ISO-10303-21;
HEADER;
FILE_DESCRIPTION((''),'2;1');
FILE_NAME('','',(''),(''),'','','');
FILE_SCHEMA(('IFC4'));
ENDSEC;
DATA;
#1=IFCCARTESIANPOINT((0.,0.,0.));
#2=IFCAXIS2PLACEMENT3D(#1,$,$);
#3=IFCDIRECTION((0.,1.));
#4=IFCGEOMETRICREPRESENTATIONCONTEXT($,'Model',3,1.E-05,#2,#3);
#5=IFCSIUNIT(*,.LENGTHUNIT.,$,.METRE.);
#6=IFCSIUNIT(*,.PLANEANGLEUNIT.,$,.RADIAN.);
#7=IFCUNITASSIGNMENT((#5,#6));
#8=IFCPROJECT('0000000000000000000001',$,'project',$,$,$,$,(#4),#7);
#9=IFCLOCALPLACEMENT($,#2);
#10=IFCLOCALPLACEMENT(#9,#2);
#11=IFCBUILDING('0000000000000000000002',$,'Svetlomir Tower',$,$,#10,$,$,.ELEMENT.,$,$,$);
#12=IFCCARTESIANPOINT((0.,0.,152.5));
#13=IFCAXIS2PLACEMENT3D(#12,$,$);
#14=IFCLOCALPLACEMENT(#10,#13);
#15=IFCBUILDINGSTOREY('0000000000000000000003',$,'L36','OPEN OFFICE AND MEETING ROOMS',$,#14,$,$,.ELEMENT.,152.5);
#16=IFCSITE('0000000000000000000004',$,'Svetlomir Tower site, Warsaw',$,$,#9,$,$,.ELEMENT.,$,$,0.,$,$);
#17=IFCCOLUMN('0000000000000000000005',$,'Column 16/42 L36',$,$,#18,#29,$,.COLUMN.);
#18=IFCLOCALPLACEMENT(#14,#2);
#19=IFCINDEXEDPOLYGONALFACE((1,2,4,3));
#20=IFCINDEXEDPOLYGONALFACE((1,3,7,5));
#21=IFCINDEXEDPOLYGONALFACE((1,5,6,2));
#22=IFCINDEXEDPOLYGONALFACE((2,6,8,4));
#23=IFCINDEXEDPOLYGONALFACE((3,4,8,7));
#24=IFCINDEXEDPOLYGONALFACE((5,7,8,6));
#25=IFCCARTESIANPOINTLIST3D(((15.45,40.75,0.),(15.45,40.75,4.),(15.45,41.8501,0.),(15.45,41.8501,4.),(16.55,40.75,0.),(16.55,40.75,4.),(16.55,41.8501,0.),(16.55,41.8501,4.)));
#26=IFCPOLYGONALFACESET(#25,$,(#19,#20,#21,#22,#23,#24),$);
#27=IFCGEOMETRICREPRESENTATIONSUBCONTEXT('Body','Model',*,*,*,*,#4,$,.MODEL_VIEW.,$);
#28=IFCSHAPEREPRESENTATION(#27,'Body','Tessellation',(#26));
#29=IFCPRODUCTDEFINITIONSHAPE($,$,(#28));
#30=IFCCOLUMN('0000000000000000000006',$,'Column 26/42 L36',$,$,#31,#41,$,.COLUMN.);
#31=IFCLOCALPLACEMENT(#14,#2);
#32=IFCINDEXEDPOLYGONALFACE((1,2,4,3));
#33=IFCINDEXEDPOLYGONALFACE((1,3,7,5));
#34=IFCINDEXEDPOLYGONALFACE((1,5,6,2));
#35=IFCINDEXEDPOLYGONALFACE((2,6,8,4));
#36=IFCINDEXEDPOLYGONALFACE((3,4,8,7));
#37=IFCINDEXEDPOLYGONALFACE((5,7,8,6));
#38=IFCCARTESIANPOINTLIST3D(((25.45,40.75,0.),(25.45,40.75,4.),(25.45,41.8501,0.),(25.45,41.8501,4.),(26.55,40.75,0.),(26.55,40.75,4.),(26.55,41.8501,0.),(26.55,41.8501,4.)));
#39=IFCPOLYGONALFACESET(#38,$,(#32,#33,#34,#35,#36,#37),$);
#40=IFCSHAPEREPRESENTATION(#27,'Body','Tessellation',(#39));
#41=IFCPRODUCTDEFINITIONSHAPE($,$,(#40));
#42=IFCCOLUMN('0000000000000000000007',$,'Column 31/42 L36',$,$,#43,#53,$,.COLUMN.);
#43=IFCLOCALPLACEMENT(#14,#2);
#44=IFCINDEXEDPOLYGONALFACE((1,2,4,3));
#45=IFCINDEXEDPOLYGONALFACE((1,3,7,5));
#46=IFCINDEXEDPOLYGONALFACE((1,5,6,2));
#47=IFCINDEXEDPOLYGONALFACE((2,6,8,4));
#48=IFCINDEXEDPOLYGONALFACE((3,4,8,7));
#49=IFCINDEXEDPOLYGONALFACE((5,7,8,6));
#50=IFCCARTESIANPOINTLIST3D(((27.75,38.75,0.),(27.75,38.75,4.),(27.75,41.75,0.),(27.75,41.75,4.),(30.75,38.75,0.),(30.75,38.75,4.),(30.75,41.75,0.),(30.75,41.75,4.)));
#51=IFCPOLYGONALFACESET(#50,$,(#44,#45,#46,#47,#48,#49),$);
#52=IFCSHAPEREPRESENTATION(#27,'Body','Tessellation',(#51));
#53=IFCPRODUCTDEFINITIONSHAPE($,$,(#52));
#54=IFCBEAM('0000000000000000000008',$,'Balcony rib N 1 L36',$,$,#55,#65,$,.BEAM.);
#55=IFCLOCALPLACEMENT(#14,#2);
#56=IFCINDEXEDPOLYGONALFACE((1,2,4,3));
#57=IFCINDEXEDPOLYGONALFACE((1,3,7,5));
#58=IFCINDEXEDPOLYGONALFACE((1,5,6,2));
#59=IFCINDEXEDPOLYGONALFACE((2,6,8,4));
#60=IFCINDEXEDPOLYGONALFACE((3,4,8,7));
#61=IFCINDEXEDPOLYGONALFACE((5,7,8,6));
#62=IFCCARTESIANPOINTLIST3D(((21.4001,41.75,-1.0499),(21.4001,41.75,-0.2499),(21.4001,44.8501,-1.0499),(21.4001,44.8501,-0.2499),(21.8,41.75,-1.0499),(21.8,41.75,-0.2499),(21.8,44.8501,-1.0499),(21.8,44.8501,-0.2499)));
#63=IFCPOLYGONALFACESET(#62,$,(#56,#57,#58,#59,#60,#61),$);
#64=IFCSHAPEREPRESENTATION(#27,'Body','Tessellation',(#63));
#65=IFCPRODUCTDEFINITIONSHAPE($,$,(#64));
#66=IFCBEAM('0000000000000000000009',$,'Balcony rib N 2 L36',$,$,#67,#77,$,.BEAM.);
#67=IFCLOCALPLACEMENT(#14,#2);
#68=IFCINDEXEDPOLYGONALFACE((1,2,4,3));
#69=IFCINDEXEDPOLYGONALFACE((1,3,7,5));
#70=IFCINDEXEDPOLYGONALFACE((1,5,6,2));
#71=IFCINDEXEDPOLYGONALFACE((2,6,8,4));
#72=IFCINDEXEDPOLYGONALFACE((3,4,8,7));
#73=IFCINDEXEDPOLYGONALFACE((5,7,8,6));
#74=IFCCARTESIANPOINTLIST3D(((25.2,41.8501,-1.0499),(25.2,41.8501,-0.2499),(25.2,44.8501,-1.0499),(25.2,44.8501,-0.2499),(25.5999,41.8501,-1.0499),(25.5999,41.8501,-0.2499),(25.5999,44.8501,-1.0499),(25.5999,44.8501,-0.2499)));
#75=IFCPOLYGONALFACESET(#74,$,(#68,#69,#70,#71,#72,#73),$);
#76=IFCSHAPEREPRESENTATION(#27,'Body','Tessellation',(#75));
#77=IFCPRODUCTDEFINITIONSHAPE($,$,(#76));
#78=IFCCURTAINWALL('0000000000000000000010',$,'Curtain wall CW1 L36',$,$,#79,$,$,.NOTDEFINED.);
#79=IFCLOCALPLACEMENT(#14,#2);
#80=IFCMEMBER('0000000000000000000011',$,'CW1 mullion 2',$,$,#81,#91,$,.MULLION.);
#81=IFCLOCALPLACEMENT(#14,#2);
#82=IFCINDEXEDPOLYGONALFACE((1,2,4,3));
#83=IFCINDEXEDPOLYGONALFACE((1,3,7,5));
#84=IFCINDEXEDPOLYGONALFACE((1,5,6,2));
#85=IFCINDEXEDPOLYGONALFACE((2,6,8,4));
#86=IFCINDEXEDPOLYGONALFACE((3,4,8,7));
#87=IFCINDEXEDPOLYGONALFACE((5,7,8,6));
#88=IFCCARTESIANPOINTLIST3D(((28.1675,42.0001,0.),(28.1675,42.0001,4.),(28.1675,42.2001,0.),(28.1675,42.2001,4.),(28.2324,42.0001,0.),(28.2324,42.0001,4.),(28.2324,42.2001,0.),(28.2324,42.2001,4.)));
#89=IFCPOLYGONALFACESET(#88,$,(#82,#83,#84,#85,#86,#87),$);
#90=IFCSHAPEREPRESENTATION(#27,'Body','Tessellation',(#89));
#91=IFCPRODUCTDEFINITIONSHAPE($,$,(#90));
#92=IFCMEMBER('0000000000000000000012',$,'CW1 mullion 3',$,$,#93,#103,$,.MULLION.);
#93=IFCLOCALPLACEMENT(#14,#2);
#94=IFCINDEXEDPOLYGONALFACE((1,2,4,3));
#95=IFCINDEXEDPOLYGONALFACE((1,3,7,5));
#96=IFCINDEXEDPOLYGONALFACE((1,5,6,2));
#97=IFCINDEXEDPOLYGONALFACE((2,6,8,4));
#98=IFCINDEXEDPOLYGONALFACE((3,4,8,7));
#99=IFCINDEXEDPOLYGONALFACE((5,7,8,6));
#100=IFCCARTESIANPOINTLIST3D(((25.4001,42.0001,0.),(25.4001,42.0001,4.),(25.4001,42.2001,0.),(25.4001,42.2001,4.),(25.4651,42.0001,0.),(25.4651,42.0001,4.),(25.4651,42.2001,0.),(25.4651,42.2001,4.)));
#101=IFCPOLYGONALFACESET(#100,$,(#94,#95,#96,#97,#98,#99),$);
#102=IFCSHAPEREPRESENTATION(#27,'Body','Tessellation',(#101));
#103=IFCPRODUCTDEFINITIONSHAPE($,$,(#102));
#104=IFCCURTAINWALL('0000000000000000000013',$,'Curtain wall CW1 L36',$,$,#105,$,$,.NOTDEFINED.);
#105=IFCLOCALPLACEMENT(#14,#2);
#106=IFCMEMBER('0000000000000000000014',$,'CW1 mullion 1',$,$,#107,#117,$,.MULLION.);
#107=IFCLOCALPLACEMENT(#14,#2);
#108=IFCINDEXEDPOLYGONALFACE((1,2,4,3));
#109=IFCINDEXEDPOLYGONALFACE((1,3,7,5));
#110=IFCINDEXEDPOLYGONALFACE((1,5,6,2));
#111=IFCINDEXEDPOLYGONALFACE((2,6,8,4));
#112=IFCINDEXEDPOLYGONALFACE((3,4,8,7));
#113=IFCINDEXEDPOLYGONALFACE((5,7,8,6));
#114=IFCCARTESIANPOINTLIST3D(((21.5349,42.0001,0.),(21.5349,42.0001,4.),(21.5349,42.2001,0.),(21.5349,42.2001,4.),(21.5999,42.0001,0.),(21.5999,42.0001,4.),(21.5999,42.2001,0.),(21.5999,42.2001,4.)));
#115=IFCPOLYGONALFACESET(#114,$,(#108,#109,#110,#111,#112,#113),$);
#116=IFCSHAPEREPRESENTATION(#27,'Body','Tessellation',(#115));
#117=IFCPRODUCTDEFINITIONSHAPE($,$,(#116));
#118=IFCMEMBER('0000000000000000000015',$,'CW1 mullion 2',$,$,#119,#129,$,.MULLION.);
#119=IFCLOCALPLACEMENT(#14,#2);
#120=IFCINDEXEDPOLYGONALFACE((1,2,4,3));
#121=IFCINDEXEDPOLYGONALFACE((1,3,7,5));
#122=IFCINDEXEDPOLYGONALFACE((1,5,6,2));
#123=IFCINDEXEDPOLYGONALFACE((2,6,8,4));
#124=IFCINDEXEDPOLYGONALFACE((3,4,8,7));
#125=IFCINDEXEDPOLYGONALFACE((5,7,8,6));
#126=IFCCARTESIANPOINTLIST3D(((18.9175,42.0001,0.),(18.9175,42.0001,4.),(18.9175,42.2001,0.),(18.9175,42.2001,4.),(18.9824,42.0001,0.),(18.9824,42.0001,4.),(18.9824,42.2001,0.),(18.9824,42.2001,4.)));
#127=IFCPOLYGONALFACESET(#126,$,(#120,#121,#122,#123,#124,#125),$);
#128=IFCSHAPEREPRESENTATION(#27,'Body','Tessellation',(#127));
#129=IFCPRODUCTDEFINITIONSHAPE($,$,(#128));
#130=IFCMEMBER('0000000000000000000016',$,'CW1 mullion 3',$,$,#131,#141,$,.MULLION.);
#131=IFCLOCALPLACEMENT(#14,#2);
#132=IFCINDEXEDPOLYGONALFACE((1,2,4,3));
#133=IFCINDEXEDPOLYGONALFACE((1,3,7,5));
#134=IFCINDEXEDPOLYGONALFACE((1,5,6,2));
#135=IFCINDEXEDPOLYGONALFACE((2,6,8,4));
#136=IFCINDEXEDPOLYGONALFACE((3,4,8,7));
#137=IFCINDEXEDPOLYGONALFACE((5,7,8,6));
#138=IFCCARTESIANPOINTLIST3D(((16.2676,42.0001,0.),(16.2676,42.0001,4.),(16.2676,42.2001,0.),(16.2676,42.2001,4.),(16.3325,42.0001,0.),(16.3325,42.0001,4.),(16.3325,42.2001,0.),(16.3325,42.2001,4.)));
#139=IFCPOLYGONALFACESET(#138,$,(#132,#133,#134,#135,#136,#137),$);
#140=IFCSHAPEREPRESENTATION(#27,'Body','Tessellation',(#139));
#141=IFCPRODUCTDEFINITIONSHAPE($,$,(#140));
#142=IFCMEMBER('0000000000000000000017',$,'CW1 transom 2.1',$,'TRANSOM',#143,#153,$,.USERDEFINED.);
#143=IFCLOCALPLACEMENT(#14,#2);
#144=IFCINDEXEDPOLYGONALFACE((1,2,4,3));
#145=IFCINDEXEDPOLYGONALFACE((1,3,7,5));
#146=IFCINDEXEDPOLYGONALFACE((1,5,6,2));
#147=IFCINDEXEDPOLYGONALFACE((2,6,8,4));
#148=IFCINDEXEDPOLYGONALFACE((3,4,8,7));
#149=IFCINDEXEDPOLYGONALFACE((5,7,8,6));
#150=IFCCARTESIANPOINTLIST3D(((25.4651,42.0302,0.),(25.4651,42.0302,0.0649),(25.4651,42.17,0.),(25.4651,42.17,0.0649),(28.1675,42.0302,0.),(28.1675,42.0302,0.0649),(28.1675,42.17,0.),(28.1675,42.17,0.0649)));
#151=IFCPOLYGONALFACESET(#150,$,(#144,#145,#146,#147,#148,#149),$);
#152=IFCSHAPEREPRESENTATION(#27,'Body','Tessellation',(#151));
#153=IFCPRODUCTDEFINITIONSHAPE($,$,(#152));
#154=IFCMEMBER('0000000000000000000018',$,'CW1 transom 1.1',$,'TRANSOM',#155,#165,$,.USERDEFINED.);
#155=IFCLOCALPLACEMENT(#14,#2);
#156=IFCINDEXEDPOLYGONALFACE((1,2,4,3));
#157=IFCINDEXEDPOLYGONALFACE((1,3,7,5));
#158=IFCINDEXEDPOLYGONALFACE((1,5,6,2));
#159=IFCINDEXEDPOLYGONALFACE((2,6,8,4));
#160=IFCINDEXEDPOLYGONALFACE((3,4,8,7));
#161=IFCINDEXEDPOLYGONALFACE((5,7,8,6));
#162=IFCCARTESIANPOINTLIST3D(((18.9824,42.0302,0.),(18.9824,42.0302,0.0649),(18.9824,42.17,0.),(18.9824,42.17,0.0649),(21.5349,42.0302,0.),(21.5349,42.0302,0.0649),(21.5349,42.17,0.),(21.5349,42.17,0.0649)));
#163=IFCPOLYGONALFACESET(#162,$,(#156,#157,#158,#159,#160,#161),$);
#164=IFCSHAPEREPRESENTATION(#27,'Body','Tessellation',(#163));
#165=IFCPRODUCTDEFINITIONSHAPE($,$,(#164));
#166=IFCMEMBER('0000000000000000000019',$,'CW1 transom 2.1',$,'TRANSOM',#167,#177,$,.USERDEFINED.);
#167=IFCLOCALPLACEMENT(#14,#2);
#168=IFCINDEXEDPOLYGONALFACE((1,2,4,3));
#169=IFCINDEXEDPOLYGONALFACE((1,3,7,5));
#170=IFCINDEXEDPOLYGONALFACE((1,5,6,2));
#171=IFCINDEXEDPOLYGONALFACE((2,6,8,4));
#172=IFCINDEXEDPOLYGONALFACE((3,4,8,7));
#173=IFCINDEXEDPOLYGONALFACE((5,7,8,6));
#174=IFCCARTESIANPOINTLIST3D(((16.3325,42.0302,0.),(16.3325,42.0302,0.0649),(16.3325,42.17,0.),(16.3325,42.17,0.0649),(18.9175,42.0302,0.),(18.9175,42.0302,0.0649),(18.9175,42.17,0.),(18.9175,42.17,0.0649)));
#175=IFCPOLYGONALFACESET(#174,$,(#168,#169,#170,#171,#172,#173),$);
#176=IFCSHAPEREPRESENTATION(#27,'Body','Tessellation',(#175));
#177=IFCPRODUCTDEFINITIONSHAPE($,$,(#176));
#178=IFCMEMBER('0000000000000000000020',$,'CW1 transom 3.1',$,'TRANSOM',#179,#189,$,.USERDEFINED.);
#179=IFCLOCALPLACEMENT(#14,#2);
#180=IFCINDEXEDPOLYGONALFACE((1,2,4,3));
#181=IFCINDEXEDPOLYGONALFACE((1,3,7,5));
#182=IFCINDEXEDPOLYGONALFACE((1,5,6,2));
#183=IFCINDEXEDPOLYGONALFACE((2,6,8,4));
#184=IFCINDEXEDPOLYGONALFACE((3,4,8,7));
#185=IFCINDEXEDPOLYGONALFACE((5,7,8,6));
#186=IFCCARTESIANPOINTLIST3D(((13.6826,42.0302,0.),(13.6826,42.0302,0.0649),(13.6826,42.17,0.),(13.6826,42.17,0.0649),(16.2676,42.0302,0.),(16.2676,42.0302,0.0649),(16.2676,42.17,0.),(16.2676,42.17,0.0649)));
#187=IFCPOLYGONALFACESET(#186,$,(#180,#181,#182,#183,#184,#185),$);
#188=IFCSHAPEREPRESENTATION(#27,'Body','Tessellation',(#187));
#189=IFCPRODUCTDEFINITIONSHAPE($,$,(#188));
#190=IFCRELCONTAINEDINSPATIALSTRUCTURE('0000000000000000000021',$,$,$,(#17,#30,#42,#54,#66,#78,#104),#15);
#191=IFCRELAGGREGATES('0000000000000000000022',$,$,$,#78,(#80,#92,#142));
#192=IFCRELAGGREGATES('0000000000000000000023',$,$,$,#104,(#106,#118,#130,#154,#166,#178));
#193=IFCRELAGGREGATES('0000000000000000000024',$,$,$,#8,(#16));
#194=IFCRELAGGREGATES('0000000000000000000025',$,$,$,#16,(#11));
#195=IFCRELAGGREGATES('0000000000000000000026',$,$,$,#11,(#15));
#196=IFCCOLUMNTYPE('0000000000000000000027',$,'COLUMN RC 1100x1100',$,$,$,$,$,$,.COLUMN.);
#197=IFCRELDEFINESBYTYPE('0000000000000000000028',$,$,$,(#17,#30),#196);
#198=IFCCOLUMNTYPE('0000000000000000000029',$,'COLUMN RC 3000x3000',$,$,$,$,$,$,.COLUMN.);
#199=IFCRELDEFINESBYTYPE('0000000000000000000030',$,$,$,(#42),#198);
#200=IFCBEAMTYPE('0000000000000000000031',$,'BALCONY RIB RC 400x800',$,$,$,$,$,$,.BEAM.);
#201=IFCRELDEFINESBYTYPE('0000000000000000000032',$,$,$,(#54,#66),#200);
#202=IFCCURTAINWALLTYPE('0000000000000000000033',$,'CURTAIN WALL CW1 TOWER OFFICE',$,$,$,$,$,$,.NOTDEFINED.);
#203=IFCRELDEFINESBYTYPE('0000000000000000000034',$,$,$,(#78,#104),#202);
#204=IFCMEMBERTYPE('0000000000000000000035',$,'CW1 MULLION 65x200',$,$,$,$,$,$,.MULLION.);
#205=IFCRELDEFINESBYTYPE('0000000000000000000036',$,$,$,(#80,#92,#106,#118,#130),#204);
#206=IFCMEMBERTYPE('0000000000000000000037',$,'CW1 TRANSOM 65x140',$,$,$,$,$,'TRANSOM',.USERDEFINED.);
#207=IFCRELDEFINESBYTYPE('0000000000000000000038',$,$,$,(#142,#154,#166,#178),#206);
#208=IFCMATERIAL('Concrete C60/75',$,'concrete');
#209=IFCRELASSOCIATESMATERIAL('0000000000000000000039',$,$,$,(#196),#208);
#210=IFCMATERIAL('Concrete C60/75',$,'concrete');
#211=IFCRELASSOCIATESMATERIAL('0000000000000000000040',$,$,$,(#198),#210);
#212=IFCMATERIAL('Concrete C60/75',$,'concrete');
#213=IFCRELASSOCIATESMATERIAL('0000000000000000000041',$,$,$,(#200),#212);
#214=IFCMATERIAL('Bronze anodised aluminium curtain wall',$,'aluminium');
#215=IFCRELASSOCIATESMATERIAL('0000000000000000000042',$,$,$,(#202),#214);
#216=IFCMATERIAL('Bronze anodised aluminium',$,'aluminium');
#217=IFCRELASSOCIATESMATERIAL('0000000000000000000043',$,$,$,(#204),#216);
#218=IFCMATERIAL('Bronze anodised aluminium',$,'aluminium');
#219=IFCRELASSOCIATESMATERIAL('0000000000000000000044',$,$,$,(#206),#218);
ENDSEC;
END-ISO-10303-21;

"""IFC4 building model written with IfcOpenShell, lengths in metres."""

from ifc_helpers import new_model, si_unit, direction, frame, origin, origin_2d, place, context, subcontext, project, spatial, rectangle, extrude, material, material_profile, profile_set, type_object, element, aggregate, save


model = new_model("IFC4")

# Units and contexts
model_context = context("Model", 3, precision=1e-05, world=origin(), true_north=direction((0.0, 1.0)))
body_context = subcontext(model_context, "Body", "Model", "MODEL_VIEW")
ifc_project = project(units=[si_unit("LENGTHUNIT", "METRE"), si_unit("PLANEANGLEUNIT", "RADIAN")], contexts=[model_context])

# Site, building, storey
site_placement = place(None, origin())
site = spatial("IfcSite", under=ifc_project, at=site_placement, Name="Svetlomir Tower site, Warsaw", CompositionType="ELEMENT", RefElevation=0.0)
building_placement = place(site_placement, origin())
building = spatial("IfcBuilding", under=site, at=building_placement, Name="Svetlomir Tower", CompositionType="ELEMENT")
storey_placement = place(building_placement, frame((0.0, 0.0, 152.5)))
storey = spatial("IfcBuildingStorey", under=building, at=storey_placement, Name="L36", Description="OPEN OFFICE AND MEETING ROOMS", CompositionType="ELEMENT", Elevation=152.5)

# Columns
ifc_material_1 = material(Name="Concrete C60/75", Category="concrete")
ifc_material_profile_1 = material_profile(ifc_material_1, rectangle(XDim=1.1001, YDim=1.1001, at=origin_2d()), Name="RC 1100x1100")
ifc_profile_set_1 = profile_set([ifc_material_profile_1], Name="Concrete C60/75")
column_type_1 = type_object("IfcColumnType", Name="COLUMN RC 1100x1100", PredefinedType="COLUMN", material=ifc_profile_set_1)
for number, where, z_axis, x_axis, name in (
    (1, (16.0, 41.3, 0.0), (0.0, 0.0, 1.0), (1.0, 0.0, 0.0), "Column 16/42 L36"),
    (2, (26.0, 41.3, 0.0), (0.0, 0.0, 1.0), (1.0, 0.0, 0.0), "Column 26/42 L36"),
):
    element("IfcColumn", number, at=place(storey_placement, frame(where, z_axis=z_axis, x_axis=x_axis)), inside=storey, type_object=column_type_1, Name=name, PredefinedType="COLUMN", context=body_context, shape_type="SweptSolid", body=[
        extrude(rectangle(XDim=1.1001, YDim=1.1001, at=origin_2d()), origin(), (0.0, 0.0, 1.0), 4.0),
    ])
ifc_material_2 = material(Name="Concrete C60/75", Category="concrete")
ifc_material_profile_2 = material_profile(ifc_material_2, rectangle(XDim=3.0, YDim=3.0, at=origin_2d()), Name="RC 3000x3000")
ifc_profile_set_2 = profile_set([ifc_material_profile_2], Name="Concrete C60/75")
column_type_2 = type_object("IfcColumnType", Name="COLUMN RC 3000x3000", PredefinedType="COLUMN", material=ifc_profile_set_2)
column_placement = place(storey_placement, frame((29.25, 40.25, 0.0), z_axis=(0.0, 0.0, 1.0), x_axis=(1.0, 0.0, 0.0)))
element("IfcColumn", 3, at=column_placement, inside=storey, type_object=column_type_2, Name="Column 31/42 L36", PredefinedType="COLUMN", context=body_context, shape_type="SweptSolid", body=[
    extrude(rectangle(XDim=3.0, YDim=3.0, at=origin_2d()), origin(), (0.0, 0.0, 1.0), 4.0),
])

# Beams
ifc_material_3 = material(Name="Concrete C60/75", Category="concrete")
ifc_material_profile_3 = material_profile(ifc_material_3, rectangle(XDim=0.3999, YDim=0.8, at=origin_2d()), Name="RC 400x800")
ifc_profile_set_3 = profile_set([ifc_material_profile_3], Name="Concrete C60/75")
beam_type_1 = type_object("IfcBeamType", Name="BALCONY RIB RC 400x800", PredefinedType="BEAM", material=ifc_profile_set_3)
beam_1_placement = place(storey_placement, frame((21.6001, 41.75, -0.6499), z_axis=(0.0, 1.0, 0.0), x_axis=(-1.0, 0.0, 0.0)))
element("IfcBeam", 4, at=beam_1_placement, inside=storey, type_object=beam_type_1, Name="Balcony rib N 1 L36", PredefinedType="BEAM", context=body_context, shape_type="SweptSolid", body=[
    extrude(rectangle(XDim=0.3999, YDim=0.8, at=origin_2d()), origin(), (0.0, 0.0, 1.0), 3.1001),
])
beam_2_placement = place(storey_placement, frame((25.3999, 41.8501, -0.6499), z_axis=(0.0, 1.0, 0.0), x_axis=(-1.0, 0.0, 0.0)))
element("IfcBeam", 5, at=beam_2_placement, inside=storey, type_object=beam_type_1, Name="Balcony rib N 2 L36", PredefinedType="BEAM", context=body_context, shape_type="SweptSolid", body=[
    extrude(rectangle(XDim=0.3999, YDim=0.8, at=origin_2d()), origin(), (0.0, 0.0, 1.0), 3.0),
])

# Curtain walls, members
ifc_material_4 = material(Name="Bronze anodised aluminium curtain wall", Category="aluminium")
curtain_wall_type = type_object("IfcCurtainWallType", Name="CURTAIN WALL CW1 TOWER OFFICE", PredefinedType="NOTDEFINED", material=ifc_material_4)
curtain_wall_1_placement = place(storey_placement, origin())
curtain_wall_1 = element("IfcCurtainWall", 6, at=curtain_wall_1_placement, inside=storey, type_object=curtain_wall_type, Name="Curtain wall CW1 L36", PredefinedType="NOTDEFINED")
ifc_material_5 = material(Name="Bronze anodised aluminium", Category="aluminium")
ifc_material_profile_4 = material_profile(ifc_material_5, rectangle(XDim=0.0649, YDim=0.2, at=origin_2d()), Name="AL 65x200")
ifc_profile_set_4 = profile_set([ifc_material_profile_4], Name="Bronze anodised aluminium 6063-T6")
member_type_1 = type_object("IfcMemberType", Name="CW1 MULLION 65x200", PredefinedType="MULLION", material=ifc_profile_set_4)
member_1_placement = place(storey_placement, frame((28.2, 42.1001, 0.0), z_axis=(0.0, 0.0, 1.0), x_axis=(-1.0, 0.0, 0.0)))
member_1 = element("IfcMember", 7, at=member_1_placement, type_object=member_type_1, Name="CW1 mullion 2", PredefinedType="MULLION", context=body_context, shape_type="SweptSolid", body=[
    extrude(rectangle(XDim=0.0649, YDim=0.2, at=origin_2d()), origin(), (0.0, 0.0, 1.0), 4.0),
])
member_2_placement = place(storey_placement, frame((25.4326, 42.1001, 0.0), z_axis=(0.0, 0.0, 1.0), x_axis=(-1.0, 0.0, 0.0)))
member_2 = element("IfcMember", 8, at=member_2_placement, type_object=member_type_1, Name="CW1 mullion 3", PredefinedType="MULLION", context=body_context, shape_type="SweptSolid", body=[
    extrude(rectangle(XDim=0.0649, YDim=0.2, at=origin_2d()), origin(), (0.0, 0.0, 1.0), 4.0),
])
curtain_wall_2_placement = place(storey_placement, origin())
curtain_wall_2 = element("IfcCurtainWall", 9, at=curtain_wall_2_placement, inside=storey, type_object=curtain_wall_type, Name="Curtain wall CW1 L36", PredefinedType="NOTDEFINED")
member_3_placement = place(storey_placement, frame((21.5674, 42.1001, 0.0), z_axis=(0.0, 0.0, 1.0), x_axis=(-1.0, 0.0, 0.0)))
member_3 = element("IfcMember", 10, at=member_3_placement, type_object=member_type_1, Name="CW1 mullion 1", PredefinedType="MULLION", context=body_context, shape_type="SweptSolid", body=[
    extrude(rectangle(XDim=0.0649, YDim=0.2, at=origin_2d()), origin(), (0.0, 0.0, 1.0), 4.0),
])
member_4_placement = place(storey_placement, frame((18.95, 42.1001, 0.0), z_axis=(0.0, 0.0, 1.0), x_axis=(-1.0, 0.0, 0.0)))
member_4 = element("IfcMember", 11, at=member_4_placement, type_object=member_type_1, Name="CW1 mullion 2", PredefinedType="MULLION", context=body_context, shape_type="SweptSolid", body=[
    extrude(rectangle(XDim=0.0649, YDim=0.2, at=origin_2d()), origin(), (0.0, 0.0, 1.0), 4.0),
])
member_5_placement = place(storey_placement, frame((16.3, 42.1001, 0.0), z_axis=(0.0, 0.0, 1.0), x_axis=(-1.0, 0.0, 0.0)))
member_5 = element("IfcMember", 12, at=member_5_placement, type_object=member_type_1, Name="CW1 mullion 3", PredefinedType="MULLION", context=body_context, shape_type="SweptSolid", body=[
    extrude(rectangle(XDim=0.0649, YDim=0.2, at=origin_2d()), origin(), (0.0, 0.0, 1.0), 4.0),
])

# Members
ifc_material_6 = material(Name="Bronze anodised aluminium", Category="aluminium")
ifc_material_profile_5 = material_profile(ifc_material_6, rectangle(XDim=0.1399, YDim=0.0649, at=origin_2d()), Name="AL 140x65")
ifc_profile_set_5 = profile_set([ifc_material_profile_5], Name="Bronze anodised aluminium 6063-T6")
member_type_2 = type_object("IfcMemberType", Name="CW1 TRANSOM 65x140", ElementType="TRANSOM", PredefinedType="USERDEFINED", material=ifc_profile_set_5)
member_6_placement = place(storey_placement, frame((28.1675, 42.1001, 0.0325), z_axis=(-1.0, 0.0, 0.0), x_axis=(0.0, -1.0, 0.0)))
member_6 = element("IfcMember", 13, at=member_6_placement, type_object=member_type_2, Name="CW1 transom 2.1", ObjectType="TRANSOM", PredefinedType="USERDEFINED", context=body_context, shape_type="SweptSolid", body=[
    extrude(rectangle(XDim=0.1399, YDim=0.0649, at=origin_2d()), origin(), (0.0, 0.0, 1.0), 2.7024),
])
member_7_placement = place(storey_placement, frame((21.5349, 42.1001, 0.0325), z_axis=(-1.0, 0.0, 0.0), x_axis=(0.0, -1.0, 0.0)))
member_7 = element("IfcMember", 14, at=member_7_placement, type_object=member_type_2, Name="CW1 transom 1.1", ObjectType="TRANSOM", PredefinedType="USERDEFINED", context=body_context, shape_type="SweptSolid", body=[
    extrude(rectangle(XDim=0.1399, YDim=0.0649, at=origin_2d()), origin(), (0.0, 0.0, 1.0), 2.5525),
])
member_8_placement = place(storey_placement, frame((18.9175, 42.1001, 0.0325), z_axis=(-1.0, 0.0, 0.0), x_axis=(0.0, -1.0, 0.0)))
member_8 = element("IfcMember", 15, at=member_8_placement, type_object=member_type_2, Name="CW1 transom 2.1", ObjectType="TRANSOM", PredefinedType="USERDEFINED", context=body_context, shape_type="SweptSolid", body=[
    extrude(rectangle(XDim=0.1399, YDim=0.0649, at=origin_2d()), origin(), (0.0, 0.0, 1.0), 2.585),
])
member_9_placement = place(storey_placement, frame((16.2676, 42.1001, 0.0325), z_axis=(-1.0, 0.0, 0.0), x_axis=(0.0, -1.0, 0.0)))
member_9 = element("IfcMember", 16, at=member_9_placement, type_object=member_type_2, Name="CW1 transom 3.1", ObjectType="TRANSOM", PredefinedType="USERDEFINED", context=body_context, shape_type="SweptSolid", body=[
    extrude(rectangle(XDim=0.1399, YDim=0.0649, at=origin_2d()), origin(), (0.0, 0.0, 1.0), 2.585),
])

aggregate(curtain_wall_1, [member_1, member_2, member_6])
aggregate(curtain_wall_2, [member_3, member_4, member_5, member_7, member_8, member_9])

save(model, "model.ifc")
